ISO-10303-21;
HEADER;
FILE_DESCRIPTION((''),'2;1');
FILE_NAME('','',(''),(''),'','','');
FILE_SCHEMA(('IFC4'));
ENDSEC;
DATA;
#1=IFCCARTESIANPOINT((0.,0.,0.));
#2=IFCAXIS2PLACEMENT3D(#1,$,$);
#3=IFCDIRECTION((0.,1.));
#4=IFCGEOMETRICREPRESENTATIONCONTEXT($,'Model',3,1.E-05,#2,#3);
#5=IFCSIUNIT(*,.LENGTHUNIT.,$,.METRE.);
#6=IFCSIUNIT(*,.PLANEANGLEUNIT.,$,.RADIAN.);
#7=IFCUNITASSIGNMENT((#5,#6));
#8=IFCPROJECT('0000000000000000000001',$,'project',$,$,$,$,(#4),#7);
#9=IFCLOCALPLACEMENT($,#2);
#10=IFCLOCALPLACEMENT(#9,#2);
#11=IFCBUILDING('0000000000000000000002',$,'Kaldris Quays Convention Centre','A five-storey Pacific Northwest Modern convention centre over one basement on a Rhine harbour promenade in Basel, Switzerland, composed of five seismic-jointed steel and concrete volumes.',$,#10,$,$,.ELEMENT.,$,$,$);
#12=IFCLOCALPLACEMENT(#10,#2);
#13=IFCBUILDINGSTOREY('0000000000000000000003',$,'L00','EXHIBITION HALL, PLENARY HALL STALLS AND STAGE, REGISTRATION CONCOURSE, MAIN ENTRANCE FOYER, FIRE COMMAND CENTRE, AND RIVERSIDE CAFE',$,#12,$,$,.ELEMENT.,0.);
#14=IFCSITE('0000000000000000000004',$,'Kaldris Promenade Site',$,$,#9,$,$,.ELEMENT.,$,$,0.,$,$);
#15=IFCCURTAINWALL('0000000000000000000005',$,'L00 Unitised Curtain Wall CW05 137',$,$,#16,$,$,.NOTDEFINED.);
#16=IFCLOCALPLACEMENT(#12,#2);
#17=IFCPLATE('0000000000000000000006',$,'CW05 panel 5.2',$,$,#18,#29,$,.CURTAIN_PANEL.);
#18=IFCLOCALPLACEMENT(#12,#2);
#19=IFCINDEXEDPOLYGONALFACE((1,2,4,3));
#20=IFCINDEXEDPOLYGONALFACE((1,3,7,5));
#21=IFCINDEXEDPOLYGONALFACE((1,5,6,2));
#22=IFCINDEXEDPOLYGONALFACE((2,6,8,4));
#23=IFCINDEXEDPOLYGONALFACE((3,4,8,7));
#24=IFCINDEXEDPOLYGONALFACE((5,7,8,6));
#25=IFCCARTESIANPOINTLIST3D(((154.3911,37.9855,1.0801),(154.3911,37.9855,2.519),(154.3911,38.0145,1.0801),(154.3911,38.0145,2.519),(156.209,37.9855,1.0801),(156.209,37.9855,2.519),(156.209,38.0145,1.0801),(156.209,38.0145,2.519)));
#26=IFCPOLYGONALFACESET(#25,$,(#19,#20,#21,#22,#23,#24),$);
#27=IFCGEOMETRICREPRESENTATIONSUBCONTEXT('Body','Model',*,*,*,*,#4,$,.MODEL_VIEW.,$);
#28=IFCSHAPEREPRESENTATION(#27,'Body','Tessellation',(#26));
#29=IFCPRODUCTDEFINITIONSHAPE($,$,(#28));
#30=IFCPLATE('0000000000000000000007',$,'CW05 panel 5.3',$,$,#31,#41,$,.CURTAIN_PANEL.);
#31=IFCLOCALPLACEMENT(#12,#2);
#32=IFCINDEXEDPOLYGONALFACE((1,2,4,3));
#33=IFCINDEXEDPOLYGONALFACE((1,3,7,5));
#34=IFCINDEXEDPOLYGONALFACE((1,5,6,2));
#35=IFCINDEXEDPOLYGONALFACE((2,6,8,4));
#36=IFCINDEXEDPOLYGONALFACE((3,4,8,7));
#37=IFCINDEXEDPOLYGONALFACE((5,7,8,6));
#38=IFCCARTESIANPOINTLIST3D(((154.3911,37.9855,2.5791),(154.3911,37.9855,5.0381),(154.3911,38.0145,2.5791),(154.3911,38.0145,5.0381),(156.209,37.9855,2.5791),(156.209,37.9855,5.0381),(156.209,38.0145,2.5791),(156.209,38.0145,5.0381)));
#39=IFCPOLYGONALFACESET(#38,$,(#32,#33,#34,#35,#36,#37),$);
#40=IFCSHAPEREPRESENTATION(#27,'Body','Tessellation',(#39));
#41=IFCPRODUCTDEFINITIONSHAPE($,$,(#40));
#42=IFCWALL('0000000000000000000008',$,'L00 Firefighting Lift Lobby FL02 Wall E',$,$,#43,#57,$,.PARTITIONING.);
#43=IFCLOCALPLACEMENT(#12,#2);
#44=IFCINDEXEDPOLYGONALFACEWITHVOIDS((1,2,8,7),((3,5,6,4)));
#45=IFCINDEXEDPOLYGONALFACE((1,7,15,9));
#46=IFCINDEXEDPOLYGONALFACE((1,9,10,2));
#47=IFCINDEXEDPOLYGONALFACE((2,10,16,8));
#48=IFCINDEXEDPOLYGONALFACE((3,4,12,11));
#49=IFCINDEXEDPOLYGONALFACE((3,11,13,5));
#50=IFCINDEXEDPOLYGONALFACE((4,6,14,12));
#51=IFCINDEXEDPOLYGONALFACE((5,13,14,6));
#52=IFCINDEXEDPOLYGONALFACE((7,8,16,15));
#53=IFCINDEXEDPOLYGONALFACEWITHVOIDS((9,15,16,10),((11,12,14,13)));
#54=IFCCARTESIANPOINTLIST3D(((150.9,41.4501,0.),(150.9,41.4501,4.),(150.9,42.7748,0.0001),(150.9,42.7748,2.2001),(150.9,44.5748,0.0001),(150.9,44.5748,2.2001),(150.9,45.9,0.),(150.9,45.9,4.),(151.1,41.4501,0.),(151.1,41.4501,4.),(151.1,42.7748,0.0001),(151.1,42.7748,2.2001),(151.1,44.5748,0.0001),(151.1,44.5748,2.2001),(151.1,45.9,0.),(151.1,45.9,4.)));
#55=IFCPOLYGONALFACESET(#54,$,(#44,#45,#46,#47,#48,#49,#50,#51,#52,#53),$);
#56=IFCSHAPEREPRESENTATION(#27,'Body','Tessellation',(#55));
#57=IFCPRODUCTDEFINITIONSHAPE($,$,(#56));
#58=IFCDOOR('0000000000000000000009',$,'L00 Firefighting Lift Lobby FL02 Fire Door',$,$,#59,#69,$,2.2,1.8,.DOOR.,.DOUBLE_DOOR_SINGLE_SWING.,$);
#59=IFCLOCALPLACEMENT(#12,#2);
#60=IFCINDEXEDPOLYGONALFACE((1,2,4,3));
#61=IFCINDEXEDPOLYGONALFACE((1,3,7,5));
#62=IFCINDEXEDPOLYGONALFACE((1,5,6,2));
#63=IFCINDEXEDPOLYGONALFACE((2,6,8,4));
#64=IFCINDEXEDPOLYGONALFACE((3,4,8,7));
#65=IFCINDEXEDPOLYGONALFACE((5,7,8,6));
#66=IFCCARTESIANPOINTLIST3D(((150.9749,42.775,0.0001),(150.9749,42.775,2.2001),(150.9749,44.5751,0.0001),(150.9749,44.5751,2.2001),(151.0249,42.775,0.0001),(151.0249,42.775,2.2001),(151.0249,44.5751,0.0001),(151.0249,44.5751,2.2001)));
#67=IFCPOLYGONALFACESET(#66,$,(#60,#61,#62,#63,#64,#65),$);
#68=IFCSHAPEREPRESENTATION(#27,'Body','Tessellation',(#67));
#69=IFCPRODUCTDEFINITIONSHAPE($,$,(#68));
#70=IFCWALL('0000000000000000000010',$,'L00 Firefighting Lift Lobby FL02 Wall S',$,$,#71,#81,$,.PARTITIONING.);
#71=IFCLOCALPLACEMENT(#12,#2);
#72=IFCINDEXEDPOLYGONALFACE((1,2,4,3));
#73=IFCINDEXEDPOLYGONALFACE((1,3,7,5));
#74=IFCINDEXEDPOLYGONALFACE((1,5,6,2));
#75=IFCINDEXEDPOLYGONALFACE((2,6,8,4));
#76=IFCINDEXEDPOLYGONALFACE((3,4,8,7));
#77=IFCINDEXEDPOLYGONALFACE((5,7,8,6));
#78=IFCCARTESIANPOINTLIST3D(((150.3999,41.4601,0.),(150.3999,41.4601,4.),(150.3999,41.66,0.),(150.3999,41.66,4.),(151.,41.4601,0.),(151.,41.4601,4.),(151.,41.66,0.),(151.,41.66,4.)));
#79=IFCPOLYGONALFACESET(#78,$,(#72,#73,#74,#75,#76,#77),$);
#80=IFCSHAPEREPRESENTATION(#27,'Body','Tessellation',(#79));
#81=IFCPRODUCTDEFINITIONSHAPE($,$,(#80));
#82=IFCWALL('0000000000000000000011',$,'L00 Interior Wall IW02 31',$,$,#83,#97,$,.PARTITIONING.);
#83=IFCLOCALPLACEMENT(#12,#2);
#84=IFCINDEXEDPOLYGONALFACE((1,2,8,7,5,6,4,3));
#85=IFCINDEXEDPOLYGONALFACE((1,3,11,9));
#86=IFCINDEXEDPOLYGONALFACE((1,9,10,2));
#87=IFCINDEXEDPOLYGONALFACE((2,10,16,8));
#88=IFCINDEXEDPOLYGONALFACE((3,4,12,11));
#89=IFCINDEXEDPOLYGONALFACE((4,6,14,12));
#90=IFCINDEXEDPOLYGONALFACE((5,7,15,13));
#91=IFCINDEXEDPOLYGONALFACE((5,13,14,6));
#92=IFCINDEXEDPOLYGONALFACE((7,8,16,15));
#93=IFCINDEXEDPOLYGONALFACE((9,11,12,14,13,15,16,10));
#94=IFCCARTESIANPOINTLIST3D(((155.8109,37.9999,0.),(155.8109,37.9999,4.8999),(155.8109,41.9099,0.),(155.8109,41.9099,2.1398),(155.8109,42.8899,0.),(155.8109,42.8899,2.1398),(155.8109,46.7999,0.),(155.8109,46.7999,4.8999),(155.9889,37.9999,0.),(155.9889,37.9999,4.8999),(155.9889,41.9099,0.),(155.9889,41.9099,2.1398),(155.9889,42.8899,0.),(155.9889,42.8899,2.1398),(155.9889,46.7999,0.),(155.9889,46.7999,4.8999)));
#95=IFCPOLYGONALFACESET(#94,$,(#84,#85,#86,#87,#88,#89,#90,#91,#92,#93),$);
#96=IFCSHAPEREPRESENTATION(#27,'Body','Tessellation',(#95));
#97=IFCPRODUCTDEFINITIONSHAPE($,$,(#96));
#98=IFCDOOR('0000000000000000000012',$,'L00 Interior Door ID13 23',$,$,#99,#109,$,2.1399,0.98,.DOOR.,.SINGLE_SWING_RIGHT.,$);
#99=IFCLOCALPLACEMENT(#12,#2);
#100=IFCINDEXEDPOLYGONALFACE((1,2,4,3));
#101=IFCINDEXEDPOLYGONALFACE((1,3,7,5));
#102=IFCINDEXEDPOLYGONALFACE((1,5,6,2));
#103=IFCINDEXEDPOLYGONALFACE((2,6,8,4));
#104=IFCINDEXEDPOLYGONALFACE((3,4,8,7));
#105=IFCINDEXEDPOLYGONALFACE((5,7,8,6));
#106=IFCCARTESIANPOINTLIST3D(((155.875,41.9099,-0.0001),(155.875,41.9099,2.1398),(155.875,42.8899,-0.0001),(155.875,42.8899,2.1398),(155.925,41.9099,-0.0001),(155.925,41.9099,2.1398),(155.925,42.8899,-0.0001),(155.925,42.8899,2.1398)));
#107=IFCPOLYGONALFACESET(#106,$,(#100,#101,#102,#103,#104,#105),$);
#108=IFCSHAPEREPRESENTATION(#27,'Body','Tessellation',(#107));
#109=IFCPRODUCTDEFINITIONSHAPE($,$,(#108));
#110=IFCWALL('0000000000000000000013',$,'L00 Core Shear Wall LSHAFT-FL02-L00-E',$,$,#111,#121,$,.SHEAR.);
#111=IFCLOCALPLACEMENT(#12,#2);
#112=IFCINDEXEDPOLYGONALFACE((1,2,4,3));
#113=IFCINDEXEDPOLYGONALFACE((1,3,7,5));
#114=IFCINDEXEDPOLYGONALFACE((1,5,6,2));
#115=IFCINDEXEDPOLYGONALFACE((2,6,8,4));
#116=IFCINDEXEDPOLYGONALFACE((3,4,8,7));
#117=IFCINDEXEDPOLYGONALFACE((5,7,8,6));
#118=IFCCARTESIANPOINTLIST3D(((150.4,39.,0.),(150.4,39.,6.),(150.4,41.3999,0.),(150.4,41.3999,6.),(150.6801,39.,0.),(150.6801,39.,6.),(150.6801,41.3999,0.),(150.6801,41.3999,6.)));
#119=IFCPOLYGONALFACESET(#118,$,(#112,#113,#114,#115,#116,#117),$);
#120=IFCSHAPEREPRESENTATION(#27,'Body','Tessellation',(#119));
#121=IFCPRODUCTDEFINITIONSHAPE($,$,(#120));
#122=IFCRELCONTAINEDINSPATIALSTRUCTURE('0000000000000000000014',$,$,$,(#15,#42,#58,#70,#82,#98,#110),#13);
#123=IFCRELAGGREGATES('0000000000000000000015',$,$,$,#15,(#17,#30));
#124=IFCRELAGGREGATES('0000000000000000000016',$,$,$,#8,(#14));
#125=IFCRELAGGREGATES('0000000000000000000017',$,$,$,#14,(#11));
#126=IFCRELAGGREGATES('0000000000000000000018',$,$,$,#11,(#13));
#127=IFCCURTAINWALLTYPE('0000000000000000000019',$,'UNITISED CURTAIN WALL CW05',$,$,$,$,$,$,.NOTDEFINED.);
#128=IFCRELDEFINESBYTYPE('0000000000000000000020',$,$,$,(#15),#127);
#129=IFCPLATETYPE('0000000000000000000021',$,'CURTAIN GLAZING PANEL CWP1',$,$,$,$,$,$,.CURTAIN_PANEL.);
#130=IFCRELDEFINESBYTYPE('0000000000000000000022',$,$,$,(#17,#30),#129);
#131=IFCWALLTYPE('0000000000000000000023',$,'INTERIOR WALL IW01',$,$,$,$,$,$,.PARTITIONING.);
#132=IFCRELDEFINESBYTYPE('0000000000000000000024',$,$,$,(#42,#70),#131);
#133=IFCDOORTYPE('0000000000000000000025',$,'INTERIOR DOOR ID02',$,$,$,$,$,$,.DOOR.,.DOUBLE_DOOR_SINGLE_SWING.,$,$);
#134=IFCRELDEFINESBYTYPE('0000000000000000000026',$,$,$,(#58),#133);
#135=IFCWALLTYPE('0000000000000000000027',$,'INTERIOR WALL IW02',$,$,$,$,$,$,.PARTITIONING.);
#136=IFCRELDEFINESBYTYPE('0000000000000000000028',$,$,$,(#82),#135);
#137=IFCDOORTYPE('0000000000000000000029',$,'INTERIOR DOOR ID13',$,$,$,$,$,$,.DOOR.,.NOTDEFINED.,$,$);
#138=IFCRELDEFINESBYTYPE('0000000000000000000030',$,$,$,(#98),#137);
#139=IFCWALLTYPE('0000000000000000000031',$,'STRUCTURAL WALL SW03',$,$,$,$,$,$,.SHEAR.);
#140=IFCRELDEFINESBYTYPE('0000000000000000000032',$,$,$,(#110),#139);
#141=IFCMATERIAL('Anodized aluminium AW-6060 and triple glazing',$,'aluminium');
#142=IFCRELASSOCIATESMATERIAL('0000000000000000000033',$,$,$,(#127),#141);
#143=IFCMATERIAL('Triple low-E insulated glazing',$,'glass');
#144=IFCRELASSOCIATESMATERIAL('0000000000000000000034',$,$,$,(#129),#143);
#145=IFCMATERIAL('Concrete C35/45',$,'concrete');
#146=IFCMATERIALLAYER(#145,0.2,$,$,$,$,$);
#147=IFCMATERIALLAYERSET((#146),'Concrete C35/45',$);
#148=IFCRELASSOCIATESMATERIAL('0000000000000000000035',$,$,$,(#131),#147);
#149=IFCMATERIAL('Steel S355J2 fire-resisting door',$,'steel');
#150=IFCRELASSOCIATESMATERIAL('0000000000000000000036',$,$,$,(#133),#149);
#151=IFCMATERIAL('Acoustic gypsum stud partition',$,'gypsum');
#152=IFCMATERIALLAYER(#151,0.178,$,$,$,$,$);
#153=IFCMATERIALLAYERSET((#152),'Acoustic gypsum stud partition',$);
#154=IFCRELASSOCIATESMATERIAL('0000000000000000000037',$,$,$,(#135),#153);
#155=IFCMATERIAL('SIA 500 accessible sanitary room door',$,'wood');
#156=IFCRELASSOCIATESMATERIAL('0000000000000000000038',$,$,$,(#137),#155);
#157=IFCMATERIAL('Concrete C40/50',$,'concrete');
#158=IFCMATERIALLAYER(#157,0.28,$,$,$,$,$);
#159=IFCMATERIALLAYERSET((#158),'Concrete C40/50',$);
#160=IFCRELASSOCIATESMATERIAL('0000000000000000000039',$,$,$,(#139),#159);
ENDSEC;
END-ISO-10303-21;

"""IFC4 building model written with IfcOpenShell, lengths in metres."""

from ifc_helpers import new_model, si_unit, direction, frame, frame_2d, origin, origin_2d, place, context, subcontext, project, spatial, rectangle, extrude, material, layer, layer_set, type_object, element, fill, aggregate, save


model = new_model("IFC4")

# Units and contexts
model_context = context("Model", 3, precision=1e-05, world=origin(), true_north=direction((0.0, 1.0)))
body_context = subcontext(model_context, "Body", "Model", "MODEL_VIEW")
ifc_project = project(units=[si_unit("LENGTHUNIT", "METRE"), si_unit("PLANEANGLEUNIT", "RADIAN")], contexts=[model_context])

# Site, building, storey
site_placement = place(None, origin())
site = spatial("IfcSite", under=ifc_project, at=site_placement, Name="Kaldris Promenade Site", CompositionType="ELEMENT", RefElevation=0.0)
building_placement = place(site_placement, origin())
building = spatial("IfcBuilding", under=site, at=building_placement, Name="Kaldris Quays Convention Centre", Description="A five-storey Pacific Northwest Modern convention centre over one basement on a Rhine harbour promenade in Basel, Switzerland, composed of five seismic-jointed steel and concrete volumes.", CompositionType="ELEMENT")
storey_placement = place(building_placement, origin())
storey = spatial("IfcBuildingStorey", under=building, at=storey_placement, Name="L00", Description="EXHIBITION HALL, PLENARY HALL STALLS AND STAGE, REGISTRATION CONCOURSE, MAIN ENTRANCE FOYER, FIRE COMMAND CENTRE, AND RIVERSIDE CAFE", CompositionType="ELEMENT", Elevation=0.0)

# Curtain wall
ifc_material_1 = material(Name="Anodized aluminium AW-6060 and triple glazing", Category="aluminium")
curtain_wall_type = type_object("IfcCurtainWallType", Name="UNITISED CURTAIN WALL CW05", PredefinedType="NOTDEFINED", material=ifc_material_1)
curtain_wall_placement = place(storey_placement, origin())
curtain_wall = element("IfcCurtainWall", 1, at=curtain_wall_placement, inside=storey, type_object=curtain_wall_type, Name="L00 Unitised Curtain Wall CW05 137", PredefinedType="NOTDEFINED")

# Plates
ifc_material_2 = material(Name="Triple low-E insulated glazing", Category="glass")
plate_type = type_object("IfcPlateType", Name="CURTAIN GLAZING PANEL CWP1", PredefinedType="CURTAIN_PANEL", material=ifc_material_2)
plate_1_placement = place(storey_placement, frame((155.3, 38.0, 1.0801), z_axis=(0.0, 0.0, 1.0), x_axis=(1.0, 0.0, 0.0)))
plate_1 = element("IfcPlate", 2, at=plate_1_placement, type_object=plate_type, Name="CW05 panel 5.2", PredefinedType="CURTAIN_PANEL", context=body_context, shape_type="SweptSolid", body=[
    extrude(rectangle(XDim=1.8179, YDim=0.0291, at=origin_2d()), origin(), (0.0, 0.0, 1.0), 1.439),
])
plate_2_placement = place(storey_placement, frame((155.3, 38.0, 2.5791), z_axis=(0.0, 0.0, 1.0), x_axis=(1.0, 0.0, 0.0)))
plate_2 = element("IfcPlate", 3, at=plate_2_placement, type_object=plate_type, Name="CW05 panel 5.3", PredefinedType="CURTAIN_PANEL", context=body_context, shape_type="SweptSolid", body=[
    extrude(rectangle(XDim=1.8179, YDim=0.0291, at=origin_2d()), origin(), (0.0, 0.0, 1.0), 2.459),
])
aggregate(curtain_wall, [plate_1, plate_2])

# Wall, opening, door
ifc_material_3 = material(Name="Concrete C35/45", Category="concrete")
ifc_layer_1 = layer(ifc_material_3, 0.2)
ifc_layer_set_1 = layer_set([ifc_layer_1], Name="Concrete C35/45")
wall_type_1 = type_object("IfcWallType", Name="INTERIOR WALL IW01", PredefinedType="PARTITIONING", material=ifc_layer_set_1)
wall_1_placement = place(storey_placement, frame((151.0, 41.45, 0.0), z_axis=(0.0, 0.0, 1.0), x_axis=(0.0, 1.0, 0.0)))
wall_1 = element("IfcWall", 4, at=wall_1_placement, inside=storey, type_object=wall_type_1, Name="L00 Firefighting Lift Lobby FL02 Wall E", PredefinedType="PARTITIONING", context=body_context, shape_type="SweptSolid", body=[
    extrude(rectangle(XDim=4.45, YDim=0.2, at=frame_2d((2.2251, 0.0))), origin(), (0.0, 0.0, 1.0), 4.0),
])
opening_1_placement = place(wall_1_placement, frame((1.325, 0.0, 0.0)))
opening_1 = element("IfcOpeningElement", 5, at=opening_1_placement, cuts=wall_1, PredefinedType="OPENING", context=body_context, shape_type="SweptSolid", body=[
    extrude(rectangle(XDim=1.8, YDim=2.2, at=frame_2d((0.8999, 1.1001))), frame((0.0, 0.1099, 0.0), z_axis=(0.0, -1.0, 0.0), x_axis=(1.0, 0.0, 0.0)), (0.0, 0.0, 1.0), 0.22),
])
ifc_material_4 = material(Name="Steel S355J2 fire-resisting door", Category="steel")
door_type_1 = type_object("IfcDoorType", Name="INTERIOR DOOR ID02", OperationType="DOUBLE_DOOR_SINGLE_SWING", PredefinedType="DOOR", material=ifc_material_4)
door_1_placement = place(opening_1_placement, frame((1.8, 0.0, 0.0), z_axis=(0.0, 0.0, 1.0), x_axis=(-1.0, 0.0, 0.0)))
door_1 = element("IfcDoor", 6, at=door_1_placement, inside=storey, type_object=door_type_1, Name="L00 Firefighting Lift Lobby FL02 Fire Door", OperationType="DOUBLE_DOOR_SINGLE_SWING", OverallHeight=2.2, OverallWidth=1.8, PredefinedType="DOOR", context=body_context, shape_type="SweptSolid", body=[
    extrude(rectangle(XDim=1.8, YDim=2.2, at=frame_2d((0.8999, 1.1001))), frame((0.0, 0.0249, 0.0), z_axis=(0.0, -1.0, 0.0), x_axis=(1.0, 0.0, 0.0)), (0.0, 0.0, 1.0), 0.05),
])
fill(opening_1, door_1)

# Wall
wall_2_placement = place(storey_placement, frame((150.3999, 41.5601, 0.0), z_axis=(0.0, 0.0, 1.0), x_axis=(1.0, 0.0, 0.0)))
element("IfcWall", 7, at=wall_2_placement, inside=storey, type_object=wall_type_1, Name="L00 Firefighting Lift Lobby FL02 Wall S", PredefinedType="PARTITIONING", context=body_context, shape_type="SweptSolid", body=[
    extrude(rectangle(XDim=0.6001, YDim=0.2, at=frame_2d((0.3, 0.0))), origin(), (0.0, 0.0, 1.0), 4.0),
])

# Wall, opening, door
ifc_material_5 = material(Name="Acoustic gypsum stud partition", Category="gypsum")
ifc_layer_2 = layer(ifc_material_5, 0.178)
ifc_layer_set_2 = layer_set([ifc_layer_2], Name="Acoustic gypsum stud partition")
wall_type_2 = type_object("IfcWallType", Name="INTERIOR WALL IW02", PredefinedType="PARTITIONING", material=ifc_layer_set_2)
wall_3_placement = place(storey_placement, frame((155.8999, 38.0, 0.0), z_axis=(0.0, 0.0, 1.0), x_axis=(0.0, 1.0, 0.0)))
wall_3 = element("IfcWall", 8, at=wall_3_placement, inside=storey, type_object=wall_type_2, Name="L00 Interior Wall IW02 31", PredefinedType="PARTITIONING", context=body_context, shape_type="SweptSolid", body=[
    extrude(rectangle(XDim=8.8, YDim=0.178, at=frame_2d((4.3999, 0.0))), origin(), (0.0, 0.0, 1.0), 4.8999),
])
opening_2_placement = place(wall_3_placement, frame((3.9099, 0.0, 0.0)))
opening_2 = element("IfcOpeningElement", 9, at=opening_2_placement, cuts=wall_3, PredefinedType="OPENING", context=body_context, shape_type="SweptSolid", body=[
    extrude(rectangle(XDim=0.98, YDim=2.1399, at=frame_2d((0.49, 1.0698))), frame((0.0, 0.0991, 0.0), z_axis=(0.0, -1.0, 0.0), x_axis=(1.0, 0.0, 0.0)), (0.0, 0.0, 1.0), 0.198),
])
ifc_material_6 = material(Name="SIA 500 accessible sanitary room door", Category="wood")
door_type_2 = type_object("IfcDoorType", Name="INTERIOR DOOR ID13", OperationType="NOTDEFINED", PredefinedType="DOOR", material=ifc_material_6)
door_2_placement = place(opening_2_placement, origin())
door_2 = element("IfcDoor", 10, at=door_2_placement, inside=storey, type_object=door_type_2, Name="L00 Interior Door ID13 23", OperationType="SINGLE_SWING_RIGHT", OverallHeight=2.1399, OverallWidth=0.98, PredefinedType="DOOR", context=body_context, shape_type="SweptSolid", body=[
    extrude(rectangle(XDim=0.98, YDim=2.1399, at=frame_2d((0.49, 1.0698))), frame((0.0, 0.0249, 0.0), z_axis=(0.0, -1.0, 0.0), x_axis=(1.0, 0.0, 0.0)), (0.0, 0.0, 1.0), 0.05),
])
fill(opening_2, door_2)

# Wall
ifc_material_7 = material(Name="Concrete C40/50", Category="concrete")
ifc_layer_3 = layer(ifc_material_7, 0.28)
ifc_layer_set_3 = layer_set([ifc_layer_3], Name="Concrete C40/50")
wall_type_3 = type_object("IfcWallType", Name="STRUCTURAL WALL SW03", PredefinedType="SHEAR", material=ifc_layer_set_3)
wall_4_placement = place(storey_placement, frame((150.54, 39.0, 0.0), z_axis=(0.0, 0.0, 1.0), x_axis=(0.0, 1.0, 0.0)))
element("IfcWall", 11, at=wall_4_placement, inside=storey, type_object=wall_type_3, Name="L00 Core Shear Wall LSHAFT-FL02-L00-E", PredefinedType="SHEAR", context=body_context, shape_type="SweptSolid", body=[
    extrude(rectangle(XDim=2.3999, YDim=0.28, at=frame_2d((1.2, 0.0))), origin(), (0.0, 0.0, 1.0), 6.0),
])

save(model, "model.ifc")
